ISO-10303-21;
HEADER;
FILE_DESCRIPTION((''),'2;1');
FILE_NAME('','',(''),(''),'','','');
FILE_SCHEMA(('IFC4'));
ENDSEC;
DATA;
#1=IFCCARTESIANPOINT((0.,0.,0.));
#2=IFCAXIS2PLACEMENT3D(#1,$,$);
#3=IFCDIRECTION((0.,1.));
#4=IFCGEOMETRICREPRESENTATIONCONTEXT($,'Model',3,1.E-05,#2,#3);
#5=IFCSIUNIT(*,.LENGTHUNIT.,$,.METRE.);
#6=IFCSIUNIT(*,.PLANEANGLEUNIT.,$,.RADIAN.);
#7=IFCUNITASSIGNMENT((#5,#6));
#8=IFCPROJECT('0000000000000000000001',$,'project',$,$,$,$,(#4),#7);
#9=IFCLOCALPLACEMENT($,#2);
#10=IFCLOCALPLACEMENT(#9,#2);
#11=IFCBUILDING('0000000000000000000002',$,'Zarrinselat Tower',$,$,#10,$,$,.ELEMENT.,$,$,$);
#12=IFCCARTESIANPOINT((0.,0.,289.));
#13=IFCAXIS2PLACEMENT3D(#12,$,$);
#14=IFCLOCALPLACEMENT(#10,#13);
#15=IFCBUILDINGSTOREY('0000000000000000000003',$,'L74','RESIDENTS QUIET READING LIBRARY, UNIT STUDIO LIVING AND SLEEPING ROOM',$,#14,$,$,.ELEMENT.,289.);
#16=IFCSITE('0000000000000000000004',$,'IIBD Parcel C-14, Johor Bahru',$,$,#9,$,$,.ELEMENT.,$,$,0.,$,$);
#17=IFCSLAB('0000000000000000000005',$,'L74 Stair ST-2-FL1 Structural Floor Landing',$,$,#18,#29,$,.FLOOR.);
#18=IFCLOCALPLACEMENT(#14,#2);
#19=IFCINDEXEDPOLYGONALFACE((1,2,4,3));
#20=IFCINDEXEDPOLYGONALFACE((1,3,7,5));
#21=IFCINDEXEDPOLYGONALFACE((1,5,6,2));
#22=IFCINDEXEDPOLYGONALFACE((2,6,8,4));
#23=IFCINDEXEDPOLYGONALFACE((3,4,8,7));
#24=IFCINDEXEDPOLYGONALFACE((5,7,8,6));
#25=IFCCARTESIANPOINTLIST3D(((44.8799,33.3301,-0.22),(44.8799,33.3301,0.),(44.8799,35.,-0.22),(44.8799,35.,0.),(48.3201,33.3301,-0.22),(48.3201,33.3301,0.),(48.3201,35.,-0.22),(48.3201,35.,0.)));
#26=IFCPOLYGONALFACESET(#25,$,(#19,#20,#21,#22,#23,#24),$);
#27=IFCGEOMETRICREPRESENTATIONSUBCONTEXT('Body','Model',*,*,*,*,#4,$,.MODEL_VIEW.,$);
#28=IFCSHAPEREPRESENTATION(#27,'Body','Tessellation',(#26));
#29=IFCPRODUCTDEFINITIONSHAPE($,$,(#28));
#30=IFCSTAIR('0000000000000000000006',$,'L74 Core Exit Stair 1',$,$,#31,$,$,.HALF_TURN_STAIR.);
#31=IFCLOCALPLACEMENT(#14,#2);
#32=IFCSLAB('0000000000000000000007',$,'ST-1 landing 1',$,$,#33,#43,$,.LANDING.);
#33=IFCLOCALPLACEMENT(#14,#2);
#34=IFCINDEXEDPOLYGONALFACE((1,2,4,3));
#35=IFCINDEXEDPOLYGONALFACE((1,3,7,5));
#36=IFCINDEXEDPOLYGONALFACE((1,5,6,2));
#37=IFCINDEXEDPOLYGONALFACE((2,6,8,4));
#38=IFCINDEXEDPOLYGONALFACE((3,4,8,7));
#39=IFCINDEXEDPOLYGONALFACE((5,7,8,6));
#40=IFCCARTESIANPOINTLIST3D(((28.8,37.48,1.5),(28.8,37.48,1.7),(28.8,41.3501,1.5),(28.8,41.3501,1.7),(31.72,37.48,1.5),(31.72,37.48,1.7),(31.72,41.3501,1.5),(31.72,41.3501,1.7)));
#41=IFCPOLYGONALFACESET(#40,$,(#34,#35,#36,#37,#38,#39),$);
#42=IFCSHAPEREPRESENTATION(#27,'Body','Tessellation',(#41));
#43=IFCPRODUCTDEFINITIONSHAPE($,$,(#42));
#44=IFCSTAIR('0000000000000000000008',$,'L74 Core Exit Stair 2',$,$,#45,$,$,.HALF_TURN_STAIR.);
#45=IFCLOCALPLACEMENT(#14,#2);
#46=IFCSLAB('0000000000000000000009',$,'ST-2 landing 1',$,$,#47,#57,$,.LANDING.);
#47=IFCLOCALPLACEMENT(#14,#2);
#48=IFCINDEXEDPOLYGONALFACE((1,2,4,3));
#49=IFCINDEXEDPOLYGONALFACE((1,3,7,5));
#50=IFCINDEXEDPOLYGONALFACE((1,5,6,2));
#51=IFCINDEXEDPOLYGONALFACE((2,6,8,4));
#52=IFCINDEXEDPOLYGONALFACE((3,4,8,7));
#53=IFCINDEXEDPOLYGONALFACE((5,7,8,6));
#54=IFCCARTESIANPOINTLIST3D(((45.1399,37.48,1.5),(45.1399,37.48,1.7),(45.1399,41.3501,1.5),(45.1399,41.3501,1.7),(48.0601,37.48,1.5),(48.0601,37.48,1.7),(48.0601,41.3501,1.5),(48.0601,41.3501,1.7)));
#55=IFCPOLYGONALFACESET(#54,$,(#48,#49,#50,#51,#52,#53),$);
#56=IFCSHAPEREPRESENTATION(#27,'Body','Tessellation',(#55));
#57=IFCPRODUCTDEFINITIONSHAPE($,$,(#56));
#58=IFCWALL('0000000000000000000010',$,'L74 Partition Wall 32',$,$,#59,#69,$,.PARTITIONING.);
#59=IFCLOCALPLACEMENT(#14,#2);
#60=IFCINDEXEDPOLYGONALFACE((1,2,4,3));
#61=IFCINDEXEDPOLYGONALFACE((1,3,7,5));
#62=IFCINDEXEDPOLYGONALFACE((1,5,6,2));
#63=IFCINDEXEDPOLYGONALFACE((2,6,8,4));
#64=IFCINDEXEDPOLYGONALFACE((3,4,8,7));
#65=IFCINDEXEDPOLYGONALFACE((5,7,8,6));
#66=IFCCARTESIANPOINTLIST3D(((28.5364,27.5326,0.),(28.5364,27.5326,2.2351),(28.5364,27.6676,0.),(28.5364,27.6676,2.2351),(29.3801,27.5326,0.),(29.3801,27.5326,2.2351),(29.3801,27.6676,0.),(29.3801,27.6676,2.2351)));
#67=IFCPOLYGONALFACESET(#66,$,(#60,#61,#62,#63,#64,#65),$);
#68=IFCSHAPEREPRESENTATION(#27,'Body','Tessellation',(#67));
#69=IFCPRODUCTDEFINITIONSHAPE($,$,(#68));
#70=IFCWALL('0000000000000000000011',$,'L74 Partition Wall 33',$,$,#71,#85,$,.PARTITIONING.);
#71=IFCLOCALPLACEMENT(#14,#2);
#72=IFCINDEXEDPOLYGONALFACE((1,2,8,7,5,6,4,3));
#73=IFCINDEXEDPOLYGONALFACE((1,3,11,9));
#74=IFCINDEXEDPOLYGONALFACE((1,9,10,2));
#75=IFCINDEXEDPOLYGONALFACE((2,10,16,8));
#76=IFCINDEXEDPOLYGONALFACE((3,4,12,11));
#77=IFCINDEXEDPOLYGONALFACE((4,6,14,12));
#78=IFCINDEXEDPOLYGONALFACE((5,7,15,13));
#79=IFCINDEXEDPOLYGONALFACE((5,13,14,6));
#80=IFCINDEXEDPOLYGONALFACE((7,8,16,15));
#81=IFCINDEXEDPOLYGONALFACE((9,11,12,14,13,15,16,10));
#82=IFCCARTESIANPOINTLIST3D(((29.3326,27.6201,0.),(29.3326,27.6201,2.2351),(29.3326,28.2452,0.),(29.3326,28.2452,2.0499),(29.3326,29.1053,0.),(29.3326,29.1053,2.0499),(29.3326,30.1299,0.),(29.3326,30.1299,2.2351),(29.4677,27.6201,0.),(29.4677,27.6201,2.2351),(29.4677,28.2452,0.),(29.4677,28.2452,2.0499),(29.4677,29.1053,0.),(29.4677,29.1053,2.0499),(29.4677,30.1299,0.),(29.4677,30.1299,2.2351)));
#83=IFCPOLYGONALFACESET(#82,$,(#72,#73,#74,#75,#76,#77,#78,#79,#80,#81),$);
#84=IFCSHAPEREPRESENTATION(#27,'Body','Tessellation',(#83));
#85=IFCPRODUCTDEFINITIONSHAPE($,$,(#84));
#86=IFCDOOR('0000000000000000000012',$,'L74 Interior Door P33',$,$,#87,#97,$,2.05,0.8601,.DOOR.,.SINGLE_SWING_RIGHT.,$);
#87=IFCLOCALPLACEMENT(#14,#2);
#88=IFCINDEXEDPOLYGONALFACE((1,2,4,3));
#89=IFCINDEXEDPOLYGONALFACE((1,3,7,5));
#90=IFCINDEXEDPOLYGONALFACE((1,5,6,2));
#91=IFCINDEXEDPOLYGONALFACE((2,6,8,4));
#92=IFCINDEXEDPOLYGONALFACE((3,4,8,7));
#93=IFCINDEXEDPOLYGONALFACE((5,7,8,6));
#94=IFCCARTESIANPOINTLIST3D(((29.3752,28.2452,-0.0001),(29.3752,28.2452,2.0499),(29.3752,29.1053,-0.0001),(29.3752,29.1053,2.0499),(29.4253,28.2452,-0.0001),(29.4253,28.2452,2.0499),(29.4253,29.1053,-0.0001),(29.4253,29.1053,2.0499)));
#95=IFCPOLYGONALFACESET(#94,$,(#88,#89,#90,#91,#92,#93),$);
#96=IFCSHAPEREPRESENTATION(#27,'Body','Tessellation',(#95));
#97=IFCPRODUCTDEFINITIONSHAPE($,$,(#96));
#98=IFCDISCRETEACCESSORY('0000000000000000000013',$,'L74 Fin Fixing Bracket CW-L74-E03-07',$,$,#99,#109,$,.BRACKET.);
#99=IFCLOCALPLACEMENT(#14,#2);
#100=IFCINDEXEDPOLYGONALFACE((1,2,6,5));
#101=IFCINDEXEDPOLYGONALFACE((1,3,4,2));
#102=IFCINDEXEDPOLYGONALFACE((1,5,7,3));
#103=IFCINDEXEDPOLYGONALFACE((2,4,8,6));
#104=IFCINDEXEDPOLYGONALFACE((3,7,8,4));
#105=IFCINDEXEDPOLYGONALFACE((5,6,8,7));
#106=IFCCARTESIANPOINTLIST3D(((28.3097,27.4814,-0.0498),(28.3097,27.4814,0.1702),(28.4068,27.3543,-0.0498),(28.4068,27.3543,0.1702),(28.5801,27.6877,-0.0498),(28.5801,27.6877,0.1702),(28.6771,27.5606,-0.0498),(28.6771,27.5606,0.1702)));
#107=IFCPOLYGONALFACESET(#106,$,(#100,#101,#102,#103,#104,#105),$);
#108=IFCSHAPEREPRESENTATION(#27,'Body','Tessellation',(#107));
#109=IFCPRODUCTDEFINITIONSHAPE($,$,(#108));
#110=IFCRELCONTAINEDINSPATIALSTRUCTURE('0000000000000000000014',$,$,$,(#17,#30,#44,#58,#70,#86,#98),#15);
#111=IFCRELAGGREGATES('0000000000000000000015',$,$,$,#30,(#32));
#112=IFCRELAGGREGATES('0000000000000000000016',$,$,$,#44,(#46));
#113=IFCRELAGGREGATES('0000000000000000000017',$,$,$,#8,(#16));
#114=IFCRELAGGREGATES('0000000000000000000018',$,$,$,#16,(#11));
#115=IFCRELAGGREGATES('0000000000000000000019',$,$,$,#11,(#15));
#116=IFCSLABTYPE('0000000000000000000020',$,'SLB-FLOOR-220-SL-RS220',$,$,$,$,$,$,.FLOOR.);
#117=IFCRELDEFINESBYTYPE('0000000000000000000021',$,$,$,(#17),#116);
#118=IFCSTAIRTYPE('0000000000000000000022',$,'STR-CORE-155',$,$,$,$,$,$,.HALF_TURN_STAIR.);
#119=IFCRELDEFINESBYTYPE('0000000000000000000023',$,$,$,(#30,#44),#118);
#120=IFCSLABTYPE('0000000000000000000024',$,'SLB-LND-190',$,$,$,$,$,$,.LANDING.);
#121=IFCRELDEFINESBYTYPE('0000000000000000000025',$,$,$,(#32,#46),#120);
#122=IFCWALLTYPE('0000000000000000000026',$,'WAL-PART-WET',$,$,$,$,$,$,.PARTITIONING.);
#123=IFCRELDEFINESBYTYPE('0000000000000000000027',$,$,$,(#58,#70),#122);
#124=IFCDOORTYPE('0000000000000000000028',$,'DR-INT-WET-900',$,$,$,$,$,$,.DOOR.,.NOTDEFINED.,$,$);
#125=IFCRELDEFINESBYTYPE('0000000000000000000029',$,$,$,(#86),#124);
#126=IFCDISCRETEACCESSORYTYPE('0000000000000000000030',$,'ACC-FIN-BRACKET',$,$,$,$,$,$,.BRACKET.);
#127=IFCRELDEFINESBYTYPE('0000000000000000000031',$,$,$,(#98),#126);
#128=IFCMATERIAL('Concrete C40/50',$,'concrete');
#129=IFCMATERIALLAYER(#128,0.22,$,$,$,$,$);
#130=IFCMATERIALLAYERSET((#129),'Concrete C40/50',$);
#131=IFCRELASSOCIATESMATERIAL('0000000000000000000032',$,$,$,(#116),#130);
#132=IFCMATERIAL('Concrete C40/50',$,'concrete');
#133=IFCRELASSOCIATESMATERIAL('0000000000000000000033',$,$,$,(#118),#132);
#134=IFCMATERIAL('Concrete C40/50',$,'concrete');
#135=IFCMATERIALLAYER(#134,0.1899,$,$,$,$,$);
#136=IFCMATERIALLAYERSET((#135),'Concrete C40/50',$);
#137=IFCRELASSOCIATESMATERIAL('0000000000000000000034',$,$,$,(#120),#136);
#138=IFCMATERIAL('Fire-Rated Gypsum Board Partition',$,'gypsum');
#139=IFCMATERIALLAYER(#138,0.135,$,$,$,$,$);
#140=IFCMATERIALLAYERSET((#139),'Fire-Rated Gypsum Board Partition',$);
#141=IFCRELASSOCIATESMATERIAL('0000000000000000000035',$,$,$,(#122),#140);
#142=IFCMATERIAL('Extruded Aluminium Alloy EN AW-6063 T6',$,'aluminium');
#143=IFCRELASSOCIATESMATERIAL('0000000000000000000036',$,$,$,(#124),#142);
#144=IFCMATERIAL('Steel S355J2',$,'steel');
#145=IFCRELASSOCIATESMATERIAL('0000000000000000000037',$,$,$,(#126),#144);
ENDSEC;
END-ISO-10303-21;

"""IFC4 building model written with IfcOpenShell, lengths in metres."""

from ifc_helpers import new_model, si_unit, direction, frame, frame_2d, origin, origin_2d, place, context, subcontext, project, spatial, polyline, rectangle, outline, extrude, material, layer, layer_set, type_object, element, fill, aggregate, save


model = new_model("IFC4")

# Units and contexts
model_context = context("Model", 3, precision=1e-05, world=origin(), true_north=direction((0.0, 1.0)))
body_context = subcontext(model_context, "Body", "Model", "MODEL_VIEW")
ifc_project = project(units=[si_unit("LENGTHUNIT", "METRE"), si_unit("PLANEANGLEUNIT", "RADIAN")], contexts=[model_context])

# Site, building, storey
site_placement = place(None, origin())
site = spatial("IfcSite", under=ifc_project, at=site_placement, Name="IIBD Parcel C-14, Johor Bahru", CompositionType="ELEMENT", RefElevation=0.0)
building_placement = place(site_placement, origin())
building = spatial("IfcBuilding", under=site, at=building_placement, Name="Zarrinselat Tower", CompositionType="ELEMENT")
storey_placement = place(building_placement, frame((0.0, 0.0, 289.0)))
storey = spatial("IfcBuildingStorey", under=building, at=storey_placement, Name="L74", Description="RESIDENTS QUIET READING LIBRARY, UNIT STUDIO LIVING AND SLEEPING ROOM", CompositionType="ELEMENT", Elevation=289.0)

# Slab
ifc_material_1 = material(Name="Concrete C40/50", Category="concrete")
ifc_layer_1 = layer(ifc_material_1, 0.22)
ifc_layer_set_1 = layer_set([ifc_layer_1], Name="Concrete C40/50")
slab_type_1 = type_object("IfcSlabType", Name="SLB-FLOOR-220-SL-RS220", PredefinedType="FLOOR", material=ifc_layer_set_1)
slab_1_placement = place(storey_placement, frame((0.0, 0.0, -0.22)))
element("IfcSlab", 1, at=slab_1_placement, inside=storey, type_object=slab_type_1, Name="L74 Stair ST-2-FL1 Structural Floor Landing", PredefinedType="FLOOR", context=body_context, shape_type="SweptSolid", body=[
    extrude(outline(polyline([(48.3201, 33.3301), (48.3201, 35.0), (44.8799, 35.0), (44.8799, 33.3301), (48.3201, 33.3301)])), origin(), (0.0, 0.0, 1.0), 0.22),
])

# Stairs, slabs
ifc_material_2 = material(Name="Concrete C40/50", Category="concrete")
stair_type = type_object("IfcStairType", Name="STR-CORE-155", PredefinedType="HALF_TURN_STAIR", material=ifc_material_2)
stair_1_placement = place(storey_placement, origin())
stair_1 = element("IfcStair", 2, at=stair_1_placement, inside=storey, type_object=stair_type, Name="L74 Core Exit Stair 1", PredefinedType="HALF_TURN_STAIR")
ifc_material_3 = material(Name="Concrete C40/50", Category="concrete")
ifc_layer_2 = layer(ifc_material_3, 0.1899)
ifc_layer_set_2 = layer_set([ifc_layer_2], Name="Concrete C40/50")
slab_type_2 = type_object("IfcSlabType", Name="SLB-LND-190", PredefinedType="LANDING", material=ifc_layer_set_2)
slab_2_placement = place(storey_placement, frame((0.0, 0.0, 1.5)))
slab_2 = element("IfcSlab", 3, at=slab_2_placement, type_object=slab_type_2, Name="ST-1 landing 1", PredefinedType="LANDING", context=body_context, shape_type="SweptSolid", body=[
    extrude(outline(polyline([(31.72, 37.48), (31.72, 41.3501), (28.8, 41.3501), (28.8, 37.48), (31.72, 37.48)])), origin(), (0.0, 0.0, 1.0), 0.2),
])
aggregate(stair_1, [slab_2])
stair_2_placement = place(storey_placement, origin())
stair_2 = element("IfcStair", 4, at=stair_2_placement, inside=storey, type_object=stair_type, Name="L74 Core Exit Stair 2", PredefinedType="HALF_TURN_STAIR")
slab_3_placement = place(storey_placement, frame((0.0, 0.0, 1.5)))
slab_3 = element("IfcSlab", 5, at=slab_3_placement, type_object=slab_type_2, Name="ST-2 landing 1", PredefinedType="LANDING", context=body_context, shape_type="SweptSolid", body=[
    extrude(outline(polyline([(48.0601, 37.48), (48.0601, 41.3501), (45.1399, 41.3501), (45.1399, 37.48), (48.0601, 37.48)])), origin(), (0.0, 0.0, 1.0), 0.2),
])
aggregate(stair_2, [slab_3])

# Wall
ifc_material_4 = material(Name="Fire-Rated Gypsum Board Partition", Category="gypsum")
ifc_layer_3 = layer(ifc_material_4, 0.135)
ifc_layer_set_3 = layer_set([ifc_layer_3], Name="Fire-Rated Gypsum Board Partition")
wall_type = type_object("IfcWallType", Name="WAL-PART-WET", PredefinedType="PARTITIONING", material=ifc_layer_set_3)
wall_1_placement = place(storey_placement, frame((28.5364, 27.6001, 0.0), z_axis=(0.0, 0.0, 1.0), x_axis=(1.0, 0.0, 0.0)))
element("IfcWall", 6, at=wall_1_placement, inside=storey, type_object=wall_type, Name="L74 Partition Wall 32", PredefinedType="PARTITIONING", context=body_context, shape_type="SweptSolid", body=[
    extrude(rectangle(XDim=0.8438, YDim=0.135, at=frame_2d((0.4219, 0.0))), origin(), (0.0, 0.0, 1.0), 2.2351),
])

# Wall, opening, door
wall_2_placement = place(storey_placement, frame((29.4001, 27.6201, 0.0), z_axis=(0.0, 0.0, 1.0), x_axis=(0.0, 1.0, 0.0)))
wall_2 = element("IfcWall", 7, at=wall_2_placement, inside=storey, type_object=wall_type, Name="L74 Partition Wall 33", PredefinedType="PARTITIONING", context=body_context, shape_type="SweptSolid", body=[
    extrude(rectangle(XDim=2.5098, YDim=0.135, at=frame_2d((1.2549, 0.0))), origin(), (0.0, 0.0, 1.0), 2.2351),
])
opening_placement = place(wall_2_placement, frame((0.625, 0.0, 0.0)))
opening = element("IfcOpeningElement", 8, at=opening_placement, cuts=wall_2, PredefinedType="OPENING", context=body_context, shape_type="SweptSolid", body=[
    extrude(rectangle(XDim=0.8601, YDim=2.05, at=frame_2d((0.4302, 1.0249))), frame((0.0, 0.0774, 0.0), z_axis=(0.0, -1.0, 0.0), x_axis=(1.0, 0.0, 0.0)), (0.0, 0.0, 1.0), 0.155),
])
ifc_material_5 = material(Name="Extruded Aluminium Alloy EN AW-6063 T6", Category="aluminium")
door_type = type_object("IfcDoorType", Name="DR-INT-WET-900", OperationType="NOTDEFINED", PredefinedType="DOOR", material=ifc_material_5)
door_placement = place(opening_placement, origin())
door = element("IfcDoor", 9, at=door_placement, inside=storey, type_object=door_type, Name="L74 Interior Door P33", OperationType="SINGLE_SWING_RIGHT", OverallHeight=2.05, OverallWidth=0.8601, PredefinedType="DOOR", context=body_context, shape_type="SweptSolid", body=[
    extrude(rectangle(XDim=0.8601, YDim=2.05, at=frame_2d((0.4302, 1.0249))), frame((0.0, 0.0249, 0.0), z_axis=(0.0, -1.0, 0.0), x_axis=(1.0, 0.0, 0.0)), (0.0, 0.0, 1.0), 0.05),
])
fill(opening, door)

# Discrete accessory
ifc_material_6 = material(Name="Steel S355J2", Category="steel")
discrete_accessory_type = type_object("IfcDiscreteAccessoryType", Name="ACC-FIN-BRACKET", PredefinedType="BRACKET", material=ifc_material_6)
discrete_accessory_placement = place(storey_placement, frame((28.4934, 27.521, -0.0498), z_axis=(0.0, 0.0, 1.0), x_axis=(-0.794853, -0.606802, 0.0)))
element("IfcDiscreteAccessory", 10, at=discrete_accessory_placement, inside=storey, type_object=discrete_accessory_type, Name="L74 Fin Fixing Bracket CW-L74-E03-07", PredefinedType="BRACKET", context=body_context, shape_type="SweptSolid", body=[
    extrude(rectangle(XDim=0.3401, YDim=0.1599, at=origin_2d()), origin(), (0.0, 0.0, 1.0), 0.22),
])

save(model, "model.ifc")
